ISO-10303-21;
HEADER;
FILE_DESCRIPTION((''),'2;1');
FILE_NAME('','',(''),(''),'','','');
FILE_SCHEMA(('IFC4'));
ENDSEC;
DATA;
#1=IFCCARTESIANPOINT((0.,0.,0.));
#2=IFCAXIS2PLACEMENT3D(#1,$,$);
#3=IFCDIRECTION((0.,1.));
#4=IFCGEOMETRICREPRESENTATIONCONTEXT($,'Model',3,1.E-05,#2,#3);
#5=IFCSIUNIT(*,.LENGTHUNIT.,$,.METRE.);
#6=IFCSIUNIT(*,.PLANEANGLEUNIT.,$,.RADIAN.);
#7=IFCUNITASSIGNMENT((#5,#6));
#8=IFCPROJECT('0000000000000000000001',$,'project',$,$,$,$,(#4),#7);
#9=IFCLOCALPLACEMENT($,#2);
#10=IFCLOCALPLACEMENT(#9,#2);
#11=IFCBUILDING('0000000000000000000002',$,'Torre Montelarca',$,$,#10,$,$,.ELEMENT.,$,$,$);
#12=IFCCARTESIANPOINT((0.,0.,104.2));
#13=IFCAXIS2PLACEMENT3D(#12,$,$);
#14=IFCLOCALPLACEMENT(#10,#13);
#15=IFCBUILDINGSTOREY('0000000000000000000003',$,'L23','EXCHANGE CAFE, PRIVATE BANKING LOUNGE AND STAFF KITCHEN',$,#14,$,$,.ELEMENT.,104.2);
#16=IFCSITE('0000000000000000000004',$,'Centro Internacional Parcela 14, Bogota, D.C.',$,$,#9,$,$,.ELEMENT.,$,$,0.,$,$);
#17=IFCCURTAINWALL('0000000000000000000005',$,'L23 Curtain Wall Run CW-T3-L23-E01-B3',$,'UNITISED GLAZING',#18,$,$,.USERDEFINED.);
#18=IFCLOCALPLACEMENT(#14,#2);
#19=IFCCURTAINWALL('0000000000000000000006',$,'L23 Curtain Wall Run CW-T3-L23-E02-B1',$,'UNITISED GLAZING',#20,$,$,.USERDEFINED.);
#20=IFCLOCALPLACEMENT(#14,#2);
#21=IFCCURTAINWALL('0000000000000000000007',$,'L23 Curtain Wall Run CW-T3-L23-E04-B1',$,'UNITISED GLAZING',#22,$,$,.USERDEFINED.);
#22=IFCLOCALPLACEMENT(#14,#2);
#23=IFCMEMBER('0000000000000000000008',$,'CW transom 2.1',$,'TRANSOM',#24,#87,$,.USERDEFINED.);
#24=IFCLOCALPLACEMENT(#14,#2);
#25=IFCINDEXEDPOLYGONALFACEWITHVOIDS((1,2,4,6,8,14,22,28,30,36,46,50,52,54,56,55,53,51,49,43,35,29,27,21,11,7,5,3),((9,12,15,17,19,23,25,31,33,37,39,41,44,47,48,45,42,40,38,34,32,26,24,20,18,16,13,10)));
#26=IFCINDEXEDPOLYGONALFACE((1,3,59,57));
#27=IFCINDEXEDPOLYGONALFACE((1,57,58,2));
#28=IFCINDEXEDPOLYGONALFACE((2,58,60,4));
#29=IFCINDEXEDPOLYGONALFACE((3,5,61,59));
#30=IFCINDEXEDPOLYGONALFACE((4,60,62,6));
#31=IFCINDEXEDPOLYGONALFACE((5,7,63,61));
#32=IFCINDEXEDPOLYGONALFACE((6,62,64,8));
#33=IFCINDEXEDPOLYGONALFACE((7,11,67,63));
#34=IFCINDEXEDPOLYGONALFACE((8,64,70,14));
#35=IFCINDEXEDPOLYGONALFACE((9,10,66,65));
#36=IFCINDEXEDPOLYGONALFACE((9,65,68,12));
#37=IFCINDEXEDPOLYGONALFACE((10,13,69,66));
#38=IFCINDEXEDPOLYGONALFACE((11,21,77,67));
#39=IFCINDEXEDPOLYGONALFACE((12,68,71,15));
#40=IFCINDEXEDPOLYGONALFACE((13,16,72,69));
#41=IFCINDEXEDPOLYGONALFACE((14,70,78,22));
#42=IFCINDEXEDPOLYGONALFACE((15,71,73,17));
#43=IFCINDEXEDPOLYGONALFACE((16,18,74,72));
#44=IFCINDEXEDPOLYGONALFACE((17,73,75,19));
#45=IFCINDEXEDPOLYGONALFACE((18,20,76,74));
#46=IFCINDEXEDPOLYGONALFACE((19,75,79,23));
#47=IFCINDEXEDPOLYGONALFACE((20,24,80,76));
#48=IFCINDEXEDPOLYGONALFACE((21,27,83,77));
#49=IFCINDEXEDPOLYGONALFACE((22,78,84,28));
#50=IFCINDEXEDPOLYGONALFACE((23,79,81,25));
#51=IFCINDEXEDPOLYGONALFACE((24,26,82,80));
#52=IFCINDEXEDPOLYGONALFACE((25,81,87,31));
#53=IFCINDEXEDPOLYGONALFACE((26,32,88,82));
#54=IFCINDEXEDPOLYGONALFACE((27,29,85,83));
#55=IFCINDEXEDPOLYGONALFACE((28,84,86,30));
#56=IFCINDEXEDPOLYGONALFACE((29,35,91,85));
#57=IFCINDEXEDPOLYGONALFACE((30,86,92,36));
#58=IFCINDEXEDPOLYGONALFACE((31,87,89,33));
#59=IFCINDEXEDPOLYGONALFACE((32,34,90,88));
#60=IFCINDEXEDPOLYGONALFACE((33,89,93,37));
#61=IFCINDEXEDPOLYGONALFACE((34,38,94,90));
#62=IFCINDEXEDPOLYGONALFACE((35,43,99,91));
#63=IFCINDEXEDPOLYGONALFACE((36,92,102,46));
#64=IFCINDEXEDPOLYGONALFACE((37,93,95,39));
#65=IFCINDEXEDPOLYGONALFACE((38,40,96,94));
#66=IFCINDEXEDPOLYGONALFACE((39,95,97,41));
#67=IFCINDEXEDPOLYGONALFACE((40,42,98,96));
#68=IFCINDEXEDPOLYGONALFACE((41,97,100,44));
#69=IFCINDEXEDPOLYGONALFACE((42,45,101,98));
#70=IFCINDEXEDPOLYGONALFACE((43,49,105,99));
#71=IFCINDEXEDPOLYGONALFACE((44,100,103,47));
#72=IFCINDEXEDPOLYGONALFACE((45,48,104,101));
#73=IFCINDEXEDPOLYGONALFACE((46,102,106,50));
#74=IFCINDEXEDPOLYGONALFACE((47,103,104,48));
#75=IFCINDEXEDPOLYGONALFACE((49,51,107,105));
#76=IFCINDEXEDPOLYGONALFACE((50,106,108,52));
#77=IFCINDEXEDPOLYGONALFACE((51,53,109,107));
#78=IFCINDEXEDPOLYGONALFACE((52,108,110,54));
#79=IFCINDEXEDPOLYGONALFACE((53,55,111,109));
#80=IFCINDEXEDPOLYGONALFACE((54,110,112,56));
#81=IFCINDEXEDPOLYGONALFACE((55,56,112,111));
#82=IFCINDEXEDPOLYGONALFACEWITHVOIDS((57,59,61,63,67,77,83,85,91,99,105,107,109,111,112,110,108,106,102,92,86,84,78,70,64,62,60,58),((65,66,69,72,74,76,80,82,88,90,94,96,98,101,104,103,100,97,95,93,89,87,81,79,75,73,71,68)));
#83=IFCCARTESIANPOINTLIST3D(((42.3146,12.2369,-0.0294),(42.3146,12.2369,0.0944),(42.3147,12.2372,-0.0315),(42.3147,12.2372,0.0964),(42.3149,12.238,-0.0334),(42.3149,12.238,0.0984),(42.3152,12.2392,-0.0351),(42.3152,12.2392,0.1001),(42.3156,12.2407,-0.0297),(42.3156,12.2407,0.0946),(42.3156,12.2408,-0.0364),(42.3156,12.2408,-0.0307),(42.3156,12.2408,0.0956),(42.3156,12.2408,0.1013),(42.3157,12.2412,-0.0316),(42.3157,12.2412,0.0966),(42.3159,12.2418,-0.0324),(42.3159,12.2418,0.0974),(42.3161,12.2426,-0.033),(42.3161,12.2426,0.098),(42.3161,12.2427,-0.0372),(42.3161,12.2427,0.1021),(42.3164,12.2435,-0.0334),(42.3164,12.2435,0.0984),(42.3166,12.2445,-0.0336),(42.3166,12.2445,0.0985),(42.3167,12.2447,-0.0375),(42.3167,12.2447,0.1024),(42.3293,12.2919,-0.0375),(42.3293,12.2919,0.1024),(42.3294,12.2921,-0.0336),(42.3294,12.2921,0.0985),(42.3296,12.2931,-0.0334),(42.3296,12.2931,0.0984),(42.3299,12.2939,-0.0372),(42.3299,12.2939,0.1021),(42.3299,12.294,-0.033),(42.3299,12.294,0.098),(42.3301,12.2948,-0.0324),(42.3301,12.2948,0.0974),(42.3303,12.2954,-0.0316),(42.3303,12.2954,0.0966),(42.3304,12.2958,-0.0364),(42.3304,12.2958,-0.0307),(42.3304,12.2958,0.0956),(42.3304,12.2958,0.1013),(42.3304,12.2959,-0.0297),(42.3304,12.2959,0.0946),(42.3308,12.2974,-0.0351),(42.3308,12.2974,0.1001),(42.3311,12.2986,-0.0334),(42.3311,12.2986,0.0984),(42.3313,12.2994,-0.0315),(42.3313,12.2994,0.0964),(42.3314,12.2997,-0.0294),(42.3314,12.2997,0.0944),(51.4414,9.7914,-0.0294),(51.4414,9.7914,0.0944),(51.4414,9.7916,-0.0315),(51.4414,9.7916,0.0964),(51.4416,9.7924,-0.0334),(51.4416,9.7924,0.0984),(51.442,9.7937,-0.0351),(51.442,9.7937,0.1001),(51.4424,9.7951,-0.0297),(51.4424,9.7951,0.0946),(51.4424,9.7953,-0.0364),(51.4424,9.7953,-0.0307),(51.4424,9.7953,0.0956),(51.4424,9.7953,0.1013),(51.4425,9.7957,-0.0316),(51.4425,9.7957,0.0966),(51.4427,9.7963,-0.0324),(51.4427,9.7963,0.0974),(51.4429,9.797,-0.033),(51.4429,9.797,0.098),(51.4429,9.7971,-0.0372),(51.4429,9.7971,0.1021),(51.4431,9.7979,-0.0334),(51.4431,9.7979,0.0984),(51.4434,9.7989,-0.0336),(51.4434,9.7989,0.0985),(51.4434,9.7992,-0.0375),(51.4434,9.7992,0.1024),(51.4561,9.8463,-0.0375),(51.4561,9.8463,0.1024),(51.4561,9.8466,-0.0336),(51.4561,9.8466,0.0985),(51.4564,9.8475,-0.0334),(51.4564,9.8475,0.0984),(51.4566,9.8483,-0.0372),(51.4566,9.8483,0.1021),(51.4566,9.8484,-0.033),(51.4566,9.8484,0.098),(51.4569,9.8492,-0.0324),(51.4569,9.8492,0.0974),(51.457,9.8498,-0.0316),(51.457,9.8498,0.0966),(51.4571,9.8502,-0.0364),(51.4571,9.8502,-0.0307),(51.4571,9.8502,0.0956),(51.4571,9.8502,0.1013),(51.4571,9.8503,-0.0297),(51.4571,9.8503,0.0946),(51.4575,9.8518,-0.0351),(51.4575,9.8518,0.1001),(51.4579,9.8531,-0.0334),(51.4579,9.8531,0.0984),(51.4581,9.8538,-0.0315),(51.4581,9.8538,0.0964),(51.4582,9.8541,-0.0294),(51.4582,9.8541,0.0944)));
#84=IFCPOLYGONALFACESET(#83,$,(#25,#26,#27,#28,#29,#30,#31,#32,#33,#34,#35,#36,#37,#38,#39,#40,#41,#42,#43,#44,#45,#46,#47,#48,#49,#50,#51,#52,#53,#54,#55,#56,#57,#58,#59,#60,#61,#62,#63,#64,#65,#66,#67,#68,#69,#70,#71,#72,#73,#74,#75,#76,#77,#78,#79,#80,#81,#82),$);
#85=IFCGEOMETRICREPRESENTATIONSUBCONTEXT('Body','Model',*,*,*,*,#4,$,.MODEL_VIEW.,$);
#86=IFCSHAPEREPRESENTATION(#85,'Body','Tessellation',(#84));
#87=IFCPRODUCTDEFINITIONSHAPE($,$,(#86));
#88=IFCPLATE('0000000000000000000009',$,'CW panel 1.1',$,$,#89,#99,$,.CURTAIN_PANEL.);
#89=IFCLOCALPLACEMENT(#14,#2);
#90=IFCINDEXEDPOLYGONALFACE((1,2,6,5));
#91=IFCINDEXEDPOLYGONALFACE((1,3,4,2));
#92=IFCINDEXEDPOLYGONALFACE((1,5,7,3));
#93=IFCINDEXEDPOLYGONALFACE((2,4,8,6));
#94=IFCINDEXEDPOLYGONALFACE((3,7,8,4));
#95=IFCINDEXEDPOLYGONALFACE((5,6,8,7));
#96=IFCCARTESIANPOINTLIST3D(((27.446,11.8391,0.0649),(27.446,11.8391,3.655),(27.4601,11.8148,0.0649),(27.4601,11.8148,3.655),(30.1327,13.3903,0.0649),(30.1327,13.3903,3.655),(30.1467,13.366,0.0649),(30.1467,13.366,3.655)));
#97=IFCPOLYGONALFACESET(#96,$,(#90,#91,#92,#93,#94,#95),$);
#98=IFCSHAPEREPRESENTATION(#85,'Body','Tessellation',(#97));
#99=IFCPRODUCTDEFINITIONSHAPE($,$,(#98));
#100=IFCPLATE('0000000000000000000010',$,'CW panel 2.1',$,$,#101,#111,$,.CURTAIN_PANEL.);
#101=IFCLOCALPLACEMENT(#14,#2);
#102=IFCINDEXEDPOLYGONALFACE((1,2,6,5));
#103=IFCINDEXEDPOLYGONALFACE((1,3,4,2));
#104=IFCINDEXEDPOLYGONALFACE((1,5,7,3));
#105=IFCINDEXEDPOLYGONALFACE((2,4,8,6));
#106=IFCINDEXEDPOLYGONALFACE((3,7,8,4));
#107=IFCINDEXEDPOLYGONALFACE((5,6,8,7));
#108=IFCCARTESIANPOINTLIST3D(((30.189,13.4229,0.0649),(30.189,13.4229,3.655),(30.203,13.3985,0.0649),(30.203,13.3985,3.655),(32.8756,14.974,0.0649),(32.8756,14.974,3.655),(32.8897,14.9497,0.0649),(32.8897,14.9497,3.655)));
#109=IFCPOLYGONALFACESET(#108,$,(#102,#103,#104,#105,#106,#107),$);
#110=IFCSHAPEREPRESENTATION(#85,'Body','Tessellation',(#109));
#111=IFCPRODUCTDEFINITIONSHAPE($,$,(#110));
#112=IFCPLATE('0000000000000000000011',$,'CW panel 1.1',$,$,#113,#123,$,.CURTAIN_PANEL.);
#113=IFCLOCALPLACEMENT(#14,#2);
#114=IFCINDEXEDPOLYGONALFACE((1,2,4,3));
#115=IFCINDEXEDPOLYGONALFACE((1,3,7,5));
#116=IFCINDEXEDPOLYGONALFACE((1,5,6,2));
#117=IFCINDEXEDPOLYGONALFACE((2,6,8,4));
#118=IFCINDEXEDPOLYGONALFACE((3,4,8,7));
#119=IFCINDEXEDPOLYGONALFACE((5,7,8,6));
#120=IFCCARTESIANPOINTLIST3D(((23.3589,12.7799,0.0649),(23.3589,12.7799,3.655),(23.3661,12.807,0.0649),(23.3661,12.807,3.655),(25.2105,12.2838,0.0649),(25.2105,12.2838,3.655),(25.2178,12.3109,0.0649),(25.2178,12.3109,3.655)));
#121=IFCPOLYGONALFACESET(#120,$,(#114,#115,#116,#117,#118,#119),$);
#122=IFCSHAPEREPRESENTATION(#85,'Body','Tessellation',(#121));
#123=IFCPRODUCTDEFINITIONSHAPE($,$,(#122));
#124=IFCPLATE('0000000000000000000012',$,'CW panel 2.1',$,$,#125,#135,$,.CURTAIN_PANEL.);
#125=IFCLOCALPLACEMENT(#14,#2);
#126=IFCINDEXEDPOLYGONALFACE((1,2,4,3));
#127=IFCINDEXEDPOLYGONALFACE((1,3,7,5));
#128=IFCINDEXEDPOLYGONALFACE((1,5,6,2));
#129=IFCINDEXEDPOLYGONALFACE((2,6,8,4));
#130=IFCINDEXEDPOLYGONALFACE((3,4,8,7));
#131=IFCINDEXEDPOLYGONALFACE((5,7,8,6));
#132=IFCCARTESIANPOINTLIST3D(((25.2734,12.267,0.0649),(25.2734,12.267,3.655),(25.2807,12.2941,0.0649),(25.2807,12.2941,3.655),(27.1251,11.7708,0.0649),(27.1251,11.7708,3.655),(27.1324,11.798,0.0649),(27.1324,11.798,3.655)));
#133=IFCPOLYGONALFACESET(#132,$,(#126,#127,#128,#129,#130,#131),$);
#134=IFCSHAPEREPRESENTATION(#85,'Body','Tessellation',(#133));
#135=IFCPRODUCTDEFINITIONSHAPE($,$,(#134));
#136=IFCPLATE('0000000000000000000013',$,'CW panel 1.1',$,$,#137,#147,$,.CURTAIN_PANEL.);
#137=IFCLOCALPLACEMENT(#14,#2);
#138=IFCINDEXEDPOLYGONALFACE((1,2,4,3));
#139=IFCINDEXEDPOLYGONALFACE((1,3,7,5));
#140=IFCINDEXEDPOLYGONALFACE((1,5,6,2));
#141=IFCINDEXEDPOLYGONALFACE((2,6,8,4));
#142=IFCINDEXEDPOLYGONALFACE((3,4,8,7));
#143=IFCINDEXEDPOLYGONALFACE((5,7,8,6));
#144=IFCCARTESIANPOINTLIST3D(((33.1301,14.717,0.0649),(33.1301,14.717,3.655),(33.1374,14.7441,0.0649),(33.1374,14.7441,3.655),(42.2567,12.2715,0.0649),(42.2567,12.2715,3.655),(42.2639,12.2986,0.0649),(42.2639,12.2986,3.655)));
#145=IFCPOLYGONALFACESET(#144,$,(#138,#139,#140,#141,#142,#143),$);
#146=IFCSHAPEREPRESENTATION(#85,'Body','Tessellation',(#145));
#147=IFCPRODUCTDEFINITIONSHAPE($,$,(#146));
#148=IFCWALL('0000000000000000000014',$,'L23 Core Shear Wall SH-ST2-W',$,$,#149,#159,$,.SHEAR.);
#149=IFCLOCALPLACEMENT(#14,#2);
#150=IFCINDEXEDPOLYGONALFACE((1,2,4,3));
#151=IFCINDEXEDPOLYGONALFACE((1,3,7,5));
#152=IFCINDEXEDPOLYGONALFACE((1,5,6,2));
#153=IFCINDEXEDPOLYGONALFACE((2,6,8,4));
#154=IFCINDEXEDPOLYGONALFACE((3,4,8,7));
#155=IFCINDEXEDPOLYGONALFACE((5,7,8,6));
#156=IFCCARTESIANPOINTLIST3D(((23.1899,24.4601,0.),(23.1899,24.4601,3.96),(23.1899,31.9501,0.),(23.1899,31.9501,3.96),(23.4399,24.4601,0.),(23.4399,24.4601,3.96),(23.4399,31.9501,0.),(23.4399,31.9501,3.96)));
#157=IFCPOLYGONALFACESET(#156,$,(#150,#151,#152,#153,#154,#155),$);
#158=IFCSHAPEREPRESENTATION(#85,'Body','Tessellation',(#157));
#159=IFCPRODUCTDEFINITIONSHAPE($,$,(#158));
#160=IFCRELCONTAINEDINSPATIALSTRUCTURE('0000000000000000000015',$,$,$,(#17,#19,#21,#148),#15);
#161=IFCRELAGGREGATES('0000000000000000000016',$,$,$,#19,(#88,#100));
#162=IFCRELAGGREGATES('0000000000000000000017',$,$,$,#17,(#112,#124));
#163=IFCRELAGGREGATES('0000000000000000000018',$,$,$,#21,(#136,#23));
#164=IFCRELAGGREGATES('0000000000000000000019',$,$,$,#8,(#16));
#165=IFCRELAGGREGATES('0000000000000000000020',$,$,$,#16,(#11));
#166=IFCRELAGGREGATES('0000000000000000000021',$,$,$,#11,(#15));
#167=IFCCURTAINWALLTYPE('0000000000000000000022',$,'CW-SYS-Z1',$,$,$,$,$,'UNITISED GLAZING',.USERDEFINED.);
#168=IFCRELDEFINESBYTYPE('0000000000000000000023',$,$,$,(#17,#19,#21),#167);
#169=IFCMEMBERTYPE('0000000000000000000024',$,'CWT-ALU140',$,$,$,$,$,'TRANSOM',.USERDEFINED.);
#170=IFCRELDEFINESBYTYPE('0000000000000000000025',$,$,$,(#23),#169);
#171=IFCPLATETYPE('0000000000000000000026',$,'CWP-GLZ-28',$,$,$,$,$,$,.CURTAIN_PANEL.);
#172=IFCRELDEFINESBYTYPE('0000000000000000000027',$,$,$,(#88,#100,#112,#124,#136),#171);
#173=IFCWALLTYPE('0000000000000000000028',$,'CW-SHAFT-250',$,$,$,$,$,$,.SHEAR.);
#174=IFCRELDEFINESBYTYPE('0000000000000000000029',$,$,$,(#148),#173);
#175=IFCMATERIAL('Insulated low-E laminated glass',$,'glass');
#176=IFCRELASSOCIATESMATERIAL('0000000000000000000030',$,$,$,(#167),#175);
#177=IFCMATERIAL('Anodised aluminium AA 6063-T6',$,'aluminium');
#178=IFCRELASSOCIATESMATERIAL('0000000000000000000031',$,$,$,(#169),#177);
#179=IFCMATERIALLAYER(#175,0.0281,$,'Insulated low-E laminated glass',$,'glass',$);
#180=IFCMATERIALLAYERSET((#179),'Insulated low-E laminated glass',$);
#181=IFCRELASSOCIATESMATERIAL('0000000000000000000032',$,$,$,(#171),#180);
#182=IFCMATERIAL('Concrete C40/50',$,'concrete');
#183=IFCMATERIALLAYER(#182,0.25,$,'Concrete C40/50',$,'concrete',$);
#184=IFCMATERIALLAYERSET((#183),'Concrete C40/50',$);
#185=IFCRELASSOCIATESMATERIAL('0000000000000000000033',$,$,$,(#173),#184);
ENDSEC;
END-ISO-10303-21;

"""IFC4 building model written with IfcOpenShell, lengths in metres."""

from ifc_helpers import new_model, si_unit, direction, frame, frame_2d, origin, origin_2d, place, context, subcontext, project, spatial, rectangle, hollow_rectangle, extrude, source, transform, mapped, material, layer, layer_set, material_profile, profile_set, type_object, element, aggregate, save


model = new_model("IFC4")

# Units and contexts
model_context = context("Model", 3, precision=1e-05, world=origin(), true_north=direction((0.0, 1.0)))
body_context = subcontext(model_context, "Body", "Model", "MODEL_VIEW")
ifc_project = project(units=[si_unit("LENGTHUNIT", "METRE"), si_unit("PLANEANGLEUNIT", "RADIAN")], contexts=[model_context])

# Site, building, storey
site_placement = place(None, origin())
site = spatial("IfcSite", under=ifc_project, at=site_placement, Name="Centro Internacional Parcela 14, Bogota, D.C.", CompositionType="ELEMENT", RefElevation=0.0)
building_placement = place(site_placement, origin())
building = spatial("IfcBuilding", under=site, at=building_placement, Name="Torre Montelarca", CompositionType="ELEMENT")
storey_placement = place(building_placement, frame((0.0, 0.0, 104.2)))
storey = spatial("IfcBuildingStorey", under=building, at=storey_placement, Name="L23", Description="EXCHANGE CAFE, PRIVATE BANKING LOUNGE AND STAFF KITCHEN", CompositionType="ELEMENT", Elevation=104.2)

# Curtain walls
ifc_material_1 = material(Name="Insulated low-E laminated glass", Category="glass")
curtain_wall_type = type_object("IfcCurtainWallType", Name="CW-SYS-Z1", ElementType="UNITISED GLAZING", PredefinedType="USERDEFINED", material=ifc_material_1)
curtain_wall_1_placement = place(storey_placement, origin())
curtain_wall_1 = element("IfcCurtainWall", 1, at=curtain_wall_1_placement, inside=storey, type_object=curtain_wall_type, Name="L23 Curtain Wall Run CW-T3-L23-E01-B3", ObjectType="UNITISED GLAZING", PredefinedType="USERDEFINED")
ifc_material_2 = material(Name="Anodised aluminium AA 6063-T6", Category="aluminium")
ifc_material_profile_1 = material_profile(ifc_material_2, hollow_rectangle(XDim=0.0649, YDim=0.1399, WallThickness=0.0039, InnerFilletRadius=0.0039, OuterFilletRadius=0.0081, at=origin_2d()), Name="ALU65X140X4", Category="aluminium")
ifc_profile_set_1 = profile_set([ifc_material_profile_1], Name="Anodised aluminium AA 6063-T6")
member_type_1 = type_object("IfcMemberType", Name="CWT-ALU140", ElementType="TRANSOM", PredefinedType="USERDEFINED", material=ifc_profile_set_1)
curtain_wall_2_placement = place(storey_placement, origin())
curtain_wall_2 = element("IfcCurtainWall", 2, at=curtain_wall_2_placement, inside=storey, type_object=curtain_wall_type, Name="L23 Curtain Wall Run CW-T3-L23-E02-B1", ObjectType="UNITISED GLAZING", PredefinedType="USERDEFINED")
curtain_wall_3_placement = place(storey_placement, origin())
curtain_wall_3 = element("IfcCurtainWall", 3, at=curtain_wall_3_placement, inside=storey, type_object=curtain_wall_type, Name="L23 Curtain Wall Run CW-T3-L23-E04-B1", ObjectType="UNITISED GLAZING", PredefinedType="USERDEFINED")

# Member
shared_shape_1 = source(origin(), body_context, "Body", "SweptSolid", [
    extrude(hollow_rectangle(XDim=0.0649, YDim=0.1399, WallThickness=0.0039, InnerFilletRadius=0.0039, OuterFilletRadius=0.0081, at=origin_2d()), origin(), (0.0, 0.0, 1.0), 9.4487),
])
member_1_placement = place(storey_placement, frame((42.323, 12.2683, 0.0325), z_axis=(0.965924, -0.258825, 0.0), x_axis=(0.258825, 0.965924, 0.0)))
member_1 = element("IfcMember", 4, at=member_1_placement, type_object=member_type_1, Name="CW transom 2.1", ObjectType="TRANSOM", PredefinedType="USERDEFINED", context=body_context, shape_type="MappedRepresentation", body=[
    mapped(shared_shape_1, transform((0.0, 0.0, 0.0), scale=1.0)),
])

# Plates
ifc_layer_1 = layer(ifc_material_1, 0.0281, Name="Insulated low-E laminated glass", Category="glass")
ifc_layer_set_1 = layer_set([ifc_layer_1], Name="Insulated low-E laminated glass")
plate_type = type_object("IfcPlateType", Name="CWP-GLZ-28", PredefinedType="CURTAIN_PANEL", material=ifc_layer_set_1)
shared_shape_2 = source(origin(), body_context, "Body", "SweptSolid", [
    extrude(rectangle(XDim=3.1023, YDim=0.0281, at=origin_2d()), origin(), (0.0, 0.0, 1.0), 3.5901),
])
plate_1_placement = place(storey_placement, frame((28.7964, 12.6025, 0.0649), z_axis=(0.0, 0.0, 1.0), x_axis=(0.866025, 0.500001, 0.0)))
plate_1 = element("IfcPlate", 5, at=plate_1_placement, type_object=plate_type, Name="CW panel 1.1", PredefinedType="CURTAIN_PANEL", context=body_context, shape_type="MappedRepresentation", body=[
    mapped(shared_shape_2, transform((0.0, 0.0, 0.0), scale=1.0)),
])
plate_2_placement = place(storey_placement, frame((31.5393, 14.1863, 0.0649), z_axis=(0.0, 0.0, 1.0), x_axis=(0.866025, 0.500001, 0.0)))
plate_2 = element("IfcPlate", 6, at=plate_2_placement, type_object=plate_type, Name="CW panel 2.1", PredefinedType="CURTAIN_PANEL", context=body_context, shape_type="MappedRepresentation", body=[
    mapped(shared_shape_2, transform((0.0, 0.0, 0.0), scale=1.0)),
])
aggregate(curtain_wall_2, [plate_1, plate_2])
shared_shape_3 = source(origin(), body_context, "Body", "SweptSolid", [
    extrude(rectangle(XDim=1.917, YDim=0.0281, at=origin_2d()), origin(), (0.0, 0.0, 1.0), 3.5901),
])
plate_3_placement = place(storey_placement, frame((24.2883, 12.5454, 0.0649), z_axis=(0.0, 0.0, 1.0), x_axis=(0.965926, -0.258818, 0.0)))
plate_3 = element("IfcPlate", 7, at=plate_3_placement, type_object=plate_type, Name="CW panel 1.1", PredefinedType="CURTAIN_PANEL", context=body_context, shape_type="MappedRepresentation", body=[
    mapped(shared_shape_3, transform((0.0, 0.0, 0.0), scale=1.0)),
])
plate_4_placement = place(storey_placement, frame((26.2029, 12.0325, 0.0649), z_axis=(0.0, 0.0, 1.0), x_axis=(0.965926, -0.258818, 0.0)))
plate_4 = element("IfcPlate", 8, at=plate_4_placement, type_object=plate_type, Name="CW panel 2.1", PredefinedType="CURTAIN_PANEL", context=body_context, shape_type="MappedRepresentation", body=[
    mapped(shared_shape_3, transform((0.0, 0.0, 0.0), scale=1.0)),
])
aggregate(curtain_wall_1, [plate_3, plate_4])
shared_shape_4 = source(origin(), body_context, "Body", "SweptSolid", [
    extrude(rectangle(XDim=9.4485, YDim=0.0281, at=origin_2d()), origin(), (0.0, 0.0, 1.0), 3.5901),
])
plate_5_placement = place(storey_placement, frame((37.697, 13.5078, 0.0649), z_axis=(0.0, 0.0, 1.0), x_axis=(0.965925, -0.258823, 0.0)))
plate_5 = element("IfcPlate", 9, at=plate_5_placement, type_object=plate_type, Name="CW panel 1.1", PredefinedType="CURTAIN_PANEL", context=body_context, shape_type="MappedRepresentation", body=[
    mapped(shared_shape_4, transform((0.0, 0.0, 0.0), scale=1.0)),
])
aggregate(curtain_wall_3, [plate_5, member_1])

# Wall
ifc_material_3 = material(Name="Concrete C40/50", Category="concrete")
ifc_layer_2 = layer(ifc_material_3, 0.25, Name="Concrete C40/50", Category="concrete")
ifc_layer_set_2 = layer_set([ifc_layer_2], Name="Concrete C40/50")
wall_type_1 = type_object("IfcWallType", Name="CW-SHAFT-250", PredefinedType="SHEAR", material=ifc_layer_set_2)
wall_1_placement = place(storey_placement, frame((23.3149, 24.46, 0.0), z_axis=(0.0, 0.0, 1.0), x_axis=(0.0, 1.0, 0.0)))
element("IfcWall", 10, at=wall_1_placement, inside=storey, type_object=wall_type_1, Name="L23 Core Shear Wall SH-ST2-W", PredefinedType="SHEAR", context=body_context, shape_type="SweptSolid", body=[
    extrude(rectangle(XDim=7.49, YDim=0.25, at=frame_2d((3.7451, 0.0))), origin(), (0.0, 0.0, 1.0), 3.96),
])

save(model, "model.ifc")
